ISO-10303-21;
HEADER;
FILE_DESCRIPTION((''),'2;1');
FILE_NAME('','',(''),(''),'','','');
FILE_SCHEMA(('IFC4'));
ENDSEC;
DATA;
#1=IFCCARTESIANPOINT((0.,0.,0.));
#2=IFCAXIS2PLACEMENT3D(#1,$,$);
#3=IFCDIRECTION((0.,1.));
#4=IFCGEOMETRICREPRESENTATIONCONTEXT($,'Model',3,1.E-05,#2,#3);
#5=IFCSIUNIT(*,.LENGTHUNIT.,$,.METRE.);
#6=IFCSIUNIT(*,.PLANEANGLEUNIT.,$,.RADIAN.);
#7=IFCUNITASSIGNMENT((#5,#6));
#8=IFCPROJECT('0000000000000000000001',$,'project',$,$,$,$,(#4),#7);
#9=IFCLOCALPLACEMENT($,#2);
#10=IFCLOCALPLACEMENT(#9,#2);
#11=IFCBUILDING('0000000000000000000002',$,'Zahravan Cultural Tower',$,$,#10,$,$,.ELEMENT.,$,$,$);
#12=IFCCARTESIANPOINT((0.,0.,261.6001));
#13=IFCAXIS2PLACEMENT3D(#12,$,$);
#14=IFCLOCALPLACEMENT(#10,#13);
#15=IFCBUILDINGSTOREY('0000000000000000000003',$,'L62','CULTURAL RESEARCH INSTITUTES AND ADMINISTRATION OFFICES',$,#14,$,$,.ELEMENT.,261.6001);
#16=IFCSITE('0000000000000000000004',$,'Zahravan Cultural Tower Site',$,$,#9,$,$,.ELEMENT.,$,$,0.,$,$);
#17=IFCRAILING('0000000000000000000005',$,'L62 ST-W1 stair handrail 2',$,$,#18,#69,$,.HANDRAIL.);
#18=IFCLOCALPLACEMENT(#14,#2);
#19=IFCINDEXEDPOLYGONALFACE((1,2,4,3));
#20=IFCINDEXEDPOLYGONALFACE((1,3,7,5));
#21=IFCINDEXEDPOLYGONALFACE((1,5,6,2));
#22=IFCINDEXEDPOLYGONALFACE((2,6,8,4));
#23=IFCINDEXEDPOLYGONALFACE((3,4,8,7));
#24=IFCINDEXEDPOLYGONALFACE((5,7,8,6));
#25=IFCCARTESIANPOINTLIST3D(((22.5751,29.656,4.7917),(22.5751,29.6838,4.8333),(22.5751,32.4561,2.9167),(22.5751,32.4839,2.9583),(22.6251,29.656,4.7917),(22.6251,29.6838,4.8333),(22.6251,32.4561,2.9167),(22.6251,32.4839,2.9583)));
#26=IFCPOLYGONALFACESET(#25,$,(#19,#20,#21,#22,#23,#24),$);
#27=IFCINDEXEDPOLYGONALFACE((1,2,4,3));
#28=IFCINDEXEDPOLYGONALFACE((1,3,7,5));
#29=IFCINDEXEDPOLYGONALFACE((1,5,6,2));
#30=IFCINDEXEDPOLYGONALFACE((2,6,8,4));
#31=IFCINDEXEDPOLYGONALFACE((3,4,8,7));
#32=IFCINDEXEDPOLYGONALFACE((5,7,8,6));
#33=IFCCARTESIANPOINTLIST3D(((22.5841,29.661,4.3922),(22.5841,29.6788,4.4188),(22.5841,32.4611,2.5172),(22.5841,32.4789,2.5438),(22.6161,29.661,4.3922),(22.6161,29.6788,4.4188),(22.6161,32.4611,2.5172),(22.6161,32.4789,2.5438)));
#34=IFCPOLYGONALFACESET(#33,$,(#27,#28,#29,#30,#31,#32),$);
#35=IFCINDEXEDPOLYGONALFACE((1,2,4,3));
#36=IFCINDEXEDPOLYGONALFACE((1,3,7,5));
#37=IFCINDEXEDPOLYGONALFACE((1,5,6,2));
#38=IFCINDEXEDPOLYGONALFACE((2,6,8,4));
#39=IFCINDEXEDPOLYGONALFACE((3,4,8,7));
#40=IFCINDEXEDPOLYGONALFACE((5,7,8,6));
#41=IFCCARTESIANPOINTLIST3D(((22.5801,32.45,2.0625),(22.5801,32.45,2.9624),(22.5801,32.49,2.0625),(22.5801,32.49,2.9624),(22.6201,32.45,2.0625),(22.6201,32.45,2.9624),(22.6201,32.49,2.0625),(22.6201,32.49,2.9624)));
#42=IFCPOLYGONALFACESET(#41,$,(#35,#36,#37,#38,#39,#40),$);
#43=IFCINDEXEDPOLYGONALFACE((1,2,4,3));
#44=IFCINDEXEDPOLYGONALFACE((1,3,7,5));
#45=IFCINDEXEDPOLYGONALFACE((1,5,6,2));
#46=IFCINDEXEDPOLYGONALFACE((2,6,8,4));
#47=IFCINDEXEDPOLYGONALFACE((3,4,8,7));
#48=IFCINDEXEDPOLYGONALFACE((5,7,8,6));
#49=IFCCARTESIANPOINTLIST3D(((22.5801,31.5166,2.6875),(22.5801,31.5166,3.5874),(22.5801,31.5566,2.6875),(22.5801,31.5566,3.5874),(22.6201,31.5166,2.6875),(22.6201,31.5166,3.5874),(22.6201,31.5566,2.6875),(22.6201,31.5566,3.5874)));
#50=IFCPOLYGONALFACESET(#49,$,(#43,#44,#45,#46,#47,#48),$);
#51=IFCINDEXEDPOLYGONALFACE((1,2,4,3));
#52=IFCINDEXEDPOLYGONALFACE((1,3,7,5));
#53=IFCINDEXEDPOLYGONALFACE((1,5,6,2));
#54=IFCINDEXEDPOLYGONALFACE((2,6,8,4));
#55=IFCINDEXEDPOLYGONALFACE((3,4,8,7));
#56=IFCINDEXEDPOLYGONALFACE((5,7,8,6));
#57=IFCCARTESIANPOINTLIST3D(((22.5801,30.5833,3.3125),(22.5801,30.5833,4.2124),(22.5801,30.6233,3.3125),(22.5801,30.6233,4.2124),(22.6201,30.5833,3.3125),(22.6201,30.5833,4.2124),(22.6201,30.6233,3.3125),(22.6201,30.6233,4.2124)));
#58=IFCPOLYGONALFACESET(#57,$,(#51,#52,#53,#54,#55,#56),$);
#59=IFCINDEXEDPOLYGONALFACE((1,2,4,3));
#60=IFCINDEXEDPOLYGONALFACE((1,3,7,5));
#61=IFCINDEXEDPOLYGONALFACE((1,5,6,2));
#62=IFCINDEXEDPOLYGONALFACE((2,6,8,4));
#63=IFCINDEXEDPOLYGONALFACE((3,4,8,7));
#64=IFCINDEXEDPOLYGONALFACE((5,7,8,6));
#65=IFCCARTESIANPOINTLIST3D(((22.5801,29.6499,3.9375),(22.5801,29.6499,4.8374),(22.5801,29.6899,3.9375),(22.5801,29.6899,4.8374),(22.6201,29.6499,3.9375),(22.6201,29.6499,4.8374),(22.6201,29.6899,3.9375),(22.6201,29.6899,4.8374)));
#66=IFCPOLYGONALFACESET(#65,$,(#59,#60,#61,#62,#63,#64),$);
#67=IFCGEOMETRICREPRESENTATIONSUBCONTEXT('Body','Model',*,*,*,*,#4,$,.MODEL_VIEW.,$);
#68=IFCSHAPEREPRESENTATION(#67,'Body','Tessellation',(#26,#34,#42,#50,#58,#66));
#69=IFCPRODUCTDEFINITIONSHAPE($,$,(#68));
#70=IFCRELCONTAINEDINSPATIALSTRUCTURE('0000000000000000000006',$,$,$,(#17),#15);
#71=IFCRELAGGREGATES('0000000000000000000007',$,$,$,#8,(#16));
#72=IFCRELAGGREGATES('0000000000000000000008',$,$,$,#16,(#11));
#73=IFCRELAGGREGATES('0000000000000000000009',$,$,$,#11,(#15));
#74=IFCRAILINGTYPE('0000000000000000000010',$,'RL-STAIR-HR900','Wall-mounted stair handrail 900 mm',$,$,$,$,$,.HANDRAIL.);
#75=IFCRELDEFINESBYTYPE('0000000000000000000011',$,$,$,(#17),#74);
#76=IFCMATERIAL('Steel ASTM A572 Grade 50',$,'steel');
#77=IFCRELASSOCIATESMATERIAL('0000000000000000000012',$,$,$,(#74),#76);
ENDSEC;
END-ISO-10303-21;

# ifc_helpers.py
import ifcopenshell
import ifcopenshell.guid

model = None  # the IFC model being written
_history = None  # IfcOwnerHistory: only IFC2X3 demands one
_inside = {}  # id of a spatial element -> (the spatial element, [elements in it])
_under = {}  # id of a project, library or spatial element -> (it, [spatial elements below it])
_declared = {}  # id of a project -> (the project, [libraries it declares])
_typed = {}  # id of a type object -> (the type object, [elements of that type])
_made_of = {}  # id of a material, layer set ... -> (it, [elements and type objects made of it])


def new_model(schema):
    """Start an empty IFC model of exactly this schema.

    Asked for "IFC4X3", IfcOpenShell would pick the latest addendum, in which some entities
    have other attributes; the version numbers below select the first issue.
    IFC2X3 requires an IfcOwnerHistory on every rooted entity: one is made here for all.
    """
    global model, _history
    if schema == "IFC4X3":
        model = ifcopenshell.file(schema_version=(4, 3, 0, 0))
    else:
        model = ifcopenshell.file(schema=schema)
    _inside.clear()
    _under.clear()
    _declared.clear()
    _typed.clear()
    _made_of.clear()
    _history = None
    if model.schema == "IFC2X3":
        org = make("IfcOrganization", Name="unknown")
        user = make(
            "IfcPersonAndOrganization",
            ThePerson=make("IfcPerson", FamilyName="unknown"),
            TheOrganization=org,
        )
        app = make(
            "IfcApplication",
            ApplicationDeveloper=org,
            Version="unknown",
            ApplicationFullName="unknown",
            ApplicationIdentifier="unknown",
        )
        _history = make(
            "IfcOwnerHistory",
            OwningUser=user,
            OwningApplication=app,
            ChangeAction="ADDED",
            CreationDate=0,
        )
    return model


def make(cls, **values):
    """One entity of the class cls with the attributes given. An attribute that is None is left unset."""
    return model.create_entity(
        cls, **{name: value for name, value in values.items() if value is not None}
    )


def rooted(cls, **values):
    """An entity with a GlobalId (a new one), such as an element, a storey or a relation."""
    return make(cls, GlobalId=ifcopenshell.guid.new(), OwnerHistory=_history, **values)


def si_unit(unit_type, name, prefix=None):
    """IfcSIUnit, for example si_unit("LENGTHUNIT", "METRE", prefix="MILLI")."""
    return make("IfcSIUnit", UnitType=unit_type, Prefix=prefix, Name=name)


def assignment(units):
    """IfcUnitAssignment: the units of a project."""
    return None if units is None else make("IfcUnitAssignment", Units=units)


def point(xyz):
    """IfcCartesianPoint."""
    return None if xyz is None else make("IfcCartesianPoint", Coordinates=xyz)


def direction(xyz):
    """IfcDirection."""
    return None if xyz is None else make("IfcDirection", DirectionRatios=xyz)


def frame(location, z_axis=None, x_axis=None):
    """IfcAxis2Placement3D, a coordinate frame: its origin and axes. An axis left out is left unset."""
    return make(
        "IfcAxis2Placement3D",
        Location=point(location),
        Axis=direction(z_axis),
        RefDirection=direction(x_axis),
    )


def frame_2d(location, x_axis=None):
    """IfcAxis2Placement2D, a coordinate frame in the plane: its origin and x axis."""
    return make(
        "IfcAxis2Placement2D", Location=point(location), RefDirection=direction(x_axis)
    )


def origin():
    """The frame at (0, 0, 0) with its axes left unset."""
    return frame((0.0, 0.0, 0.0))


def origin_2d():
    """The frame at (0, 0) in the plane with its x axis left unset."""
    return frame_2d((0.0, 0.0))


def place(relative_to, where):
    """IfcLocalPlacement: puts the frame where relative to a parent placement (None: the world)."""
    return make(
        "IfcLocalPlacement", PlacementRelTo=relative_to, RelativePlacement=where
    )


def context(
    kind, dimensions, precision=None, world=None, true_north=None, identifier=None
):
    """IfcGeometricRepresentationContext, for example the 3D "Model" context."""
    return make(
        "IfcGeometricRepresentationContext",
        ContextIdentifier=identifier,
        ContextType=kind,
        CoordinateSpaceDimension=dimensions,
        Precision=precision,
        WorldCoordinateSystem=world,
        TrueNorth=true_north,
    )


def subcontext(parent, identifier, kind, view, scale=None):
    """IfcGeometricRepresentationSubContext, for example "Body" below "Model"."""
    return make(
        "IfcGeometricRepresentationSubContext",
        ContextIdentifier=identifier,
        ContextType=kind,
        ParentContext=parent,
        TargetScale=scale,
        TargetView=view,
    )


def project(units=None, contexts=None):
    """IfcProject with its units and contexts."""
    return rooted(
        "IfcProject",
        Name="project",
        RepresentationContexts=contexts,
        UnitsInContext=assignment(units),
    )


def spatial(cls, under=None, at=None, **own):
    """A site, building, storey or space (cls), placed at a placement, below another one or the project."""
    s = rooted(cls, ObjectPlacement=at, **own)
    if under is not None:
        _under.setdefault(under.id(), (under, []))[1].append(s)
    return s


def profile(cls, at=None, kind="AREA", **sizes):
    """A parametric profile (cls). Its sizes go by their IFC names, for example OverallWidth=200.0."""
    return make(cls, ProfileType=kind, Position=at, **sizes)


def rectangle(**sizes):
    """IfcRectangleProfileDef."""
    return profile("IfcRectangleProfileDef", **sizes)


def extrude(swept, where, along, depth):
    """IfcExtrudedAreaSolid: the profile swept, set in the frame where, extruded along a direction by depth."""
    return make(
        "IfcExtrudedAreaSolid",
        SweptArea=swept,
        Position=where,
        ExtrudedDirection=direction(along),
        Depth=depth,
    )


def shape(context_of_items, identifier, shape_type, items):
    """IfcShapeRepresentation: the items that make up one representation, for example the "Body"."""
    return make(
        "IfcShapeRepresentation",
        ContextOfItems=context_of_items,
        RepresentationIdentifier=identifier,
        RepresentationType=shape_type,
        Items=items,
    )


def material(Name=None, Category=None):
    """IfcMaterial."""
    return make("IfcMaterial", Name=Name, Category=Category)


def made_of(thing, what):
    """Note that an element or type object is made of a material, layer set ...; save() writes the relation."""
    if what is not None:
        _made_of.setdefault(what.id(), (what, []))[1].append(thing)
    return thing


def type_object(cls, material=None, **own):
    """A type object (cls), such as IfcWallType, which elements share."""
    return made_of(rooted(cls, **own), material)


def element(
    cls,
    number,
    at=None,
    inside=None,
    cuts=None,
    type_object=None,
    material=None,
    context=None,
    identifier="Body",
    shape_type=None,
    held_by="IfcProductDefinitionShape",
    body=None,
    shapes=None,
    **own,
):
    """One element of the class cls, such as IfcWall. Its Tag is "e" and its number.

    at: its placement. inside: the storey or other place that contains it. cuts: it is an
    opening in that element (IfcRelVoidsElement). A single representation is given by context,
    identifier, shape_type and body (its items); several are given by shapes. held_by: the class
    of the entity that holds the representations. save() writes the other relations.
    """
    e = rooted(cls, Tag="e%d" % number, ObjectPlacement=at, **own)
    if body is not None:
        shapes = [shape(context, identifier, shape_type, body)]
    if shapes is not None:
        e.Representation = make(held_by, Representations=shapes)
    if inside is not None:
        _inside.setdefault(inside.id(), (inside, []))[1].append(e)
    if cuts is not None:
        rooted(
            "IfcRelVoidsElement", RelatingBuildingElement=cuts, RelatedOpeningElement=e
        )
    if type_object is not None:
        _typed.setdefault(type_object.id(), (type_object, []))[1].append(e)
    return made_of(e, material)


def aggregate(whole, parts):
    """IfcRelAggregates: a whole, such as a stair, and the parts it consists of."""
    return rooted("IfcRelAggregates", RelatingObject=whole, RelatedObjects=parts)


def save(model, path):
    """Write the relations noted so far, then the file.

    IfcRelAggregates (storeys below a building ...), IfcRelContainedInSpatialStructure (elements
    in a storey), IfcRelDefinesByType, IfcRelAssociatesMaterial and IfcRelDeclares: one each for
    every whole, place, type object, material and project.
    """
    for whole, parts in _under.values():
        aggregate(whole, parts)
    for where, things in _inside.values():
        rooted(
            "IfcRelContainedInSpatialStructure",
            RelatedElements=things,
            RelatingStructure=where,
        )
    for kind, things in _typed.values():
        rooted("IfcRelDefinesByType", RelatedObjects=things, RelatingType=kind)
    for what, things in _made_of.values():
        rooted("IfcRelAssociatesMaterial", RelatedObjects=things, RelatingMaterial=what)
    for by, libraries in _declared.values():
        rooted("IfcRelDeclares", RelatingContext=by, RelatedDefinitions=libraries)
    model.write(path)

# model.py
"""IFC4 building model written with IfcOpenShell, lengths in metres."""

from ifc_helpers import new_model, si_unit, direction, frame, origin, origin_2d, place, context, subcontext, project, spatial, rectangle, extrude, material, type_object, element, save


model = new_model("IFC4")

# Units and contexts
model_context = context("Model", 3, precision=1e-05, world=origin(), true_north=direction((0.0, 1.0)))
body_context = subcontext(model_context, "Body", "Model", "MODEL_VIEW")
ifc_project = project(units=[si_unit("LENGTHUNIT", "METRE"), si_unit("PLANEANGLEUNIT", "RADIAN")], contexts=[model_context])

# Site, building, storey
site_placement = place(None, origin())
site = spatial("IfcSite", under=ifc_project, at=site_placement, Name="Zahravan Cultural Tower Site", CompositionType="ELEMENT", RefElevation=0.0)
building_placement = place(site_placement, origin())
building = spatial("IfcBuilding", under=site, at=building_placement, Name="Zahravan Cultural Tower", CompositionType="ELEMENT")
storey_placement = place(building_placement, frame((0.0, 0.0, 261.6001)))
storey = spatial("IfcBuildingStorey", under=building, at=storey_placement, Name="L62", Description="CULTURAL RESEARCH INSTITUTES AND ADMINISTRATION OFFICES", CompositionType="ELEMENT", Elevation=261.6001)

# Railing
ifc_material_1 = material(Name="Steel ASTM A572 Grade 50", Category="steel")
railing_type_1 = type_object("IfcRailingType", Name="RL-STAIR-HR900", Description="Wall-mounted stair handrail 900 mm", PredefinedType="HANDRAIL", material=ifc_material_1)
railing_1_placement = place(storey_placement, frame((22.6001, 32.47, 2.0625)))
element("IfcRailing", 1, at=railing_1_placement, inside=storey, type_object=railing_type_1, Name="L62 ST-W1 stair handrail 2", PredefinedType="HANDRAIL", context=body_context, shape_type="SweptSolid", body=[
    extrude(rectangle(XDim=0.05, YDim=0.05, at=origin_2d()), frame((0.0, 0.0, 0.875), z_axis=(0.0, -0.830912, 0.556404), x_axis=(1.0, 0.0, 0.0)), (0.0, 0.0, 1.0), 3.3699),
    extrude(rectangle(XDim=0.032, YDim=0.032, at=origin_2d()), frame((0.0, 0.0, 0.468), z_axis=(0.0, -0.830912, 0.556404), x_axis=(1.0, 0.0, 0.0)), (0.0, 0.0, 1.0), 3.3699),
    extrude(rectangle(XDim=0.04, YDim=0.04, at=origin_2d()), origin(), (0.0, 0.0, 1.0), 0.8999),
    extrude(rectangle(XDim=0.04, YDim=0.04, at=origin_2d()), frame((0.0, -0.9333, 0.625)), (0.0, 0.0, 1.0), 0.8999),
    extrude(rectangle(XDim=0.04, YDim=0.04, at=origin_2d()), frame((0.0, -1.8667, 1.25)), (0.0, 0.0, 1.0), 0.8999),
    extrude(rectangle(XDim=0.04, YDim=0.04, at=origin_2d()), frame((0.0, -2.8, 1.875)), (0.0, 0.0, 1.0), 0.8999),
])

save(model, "model.ifc")
